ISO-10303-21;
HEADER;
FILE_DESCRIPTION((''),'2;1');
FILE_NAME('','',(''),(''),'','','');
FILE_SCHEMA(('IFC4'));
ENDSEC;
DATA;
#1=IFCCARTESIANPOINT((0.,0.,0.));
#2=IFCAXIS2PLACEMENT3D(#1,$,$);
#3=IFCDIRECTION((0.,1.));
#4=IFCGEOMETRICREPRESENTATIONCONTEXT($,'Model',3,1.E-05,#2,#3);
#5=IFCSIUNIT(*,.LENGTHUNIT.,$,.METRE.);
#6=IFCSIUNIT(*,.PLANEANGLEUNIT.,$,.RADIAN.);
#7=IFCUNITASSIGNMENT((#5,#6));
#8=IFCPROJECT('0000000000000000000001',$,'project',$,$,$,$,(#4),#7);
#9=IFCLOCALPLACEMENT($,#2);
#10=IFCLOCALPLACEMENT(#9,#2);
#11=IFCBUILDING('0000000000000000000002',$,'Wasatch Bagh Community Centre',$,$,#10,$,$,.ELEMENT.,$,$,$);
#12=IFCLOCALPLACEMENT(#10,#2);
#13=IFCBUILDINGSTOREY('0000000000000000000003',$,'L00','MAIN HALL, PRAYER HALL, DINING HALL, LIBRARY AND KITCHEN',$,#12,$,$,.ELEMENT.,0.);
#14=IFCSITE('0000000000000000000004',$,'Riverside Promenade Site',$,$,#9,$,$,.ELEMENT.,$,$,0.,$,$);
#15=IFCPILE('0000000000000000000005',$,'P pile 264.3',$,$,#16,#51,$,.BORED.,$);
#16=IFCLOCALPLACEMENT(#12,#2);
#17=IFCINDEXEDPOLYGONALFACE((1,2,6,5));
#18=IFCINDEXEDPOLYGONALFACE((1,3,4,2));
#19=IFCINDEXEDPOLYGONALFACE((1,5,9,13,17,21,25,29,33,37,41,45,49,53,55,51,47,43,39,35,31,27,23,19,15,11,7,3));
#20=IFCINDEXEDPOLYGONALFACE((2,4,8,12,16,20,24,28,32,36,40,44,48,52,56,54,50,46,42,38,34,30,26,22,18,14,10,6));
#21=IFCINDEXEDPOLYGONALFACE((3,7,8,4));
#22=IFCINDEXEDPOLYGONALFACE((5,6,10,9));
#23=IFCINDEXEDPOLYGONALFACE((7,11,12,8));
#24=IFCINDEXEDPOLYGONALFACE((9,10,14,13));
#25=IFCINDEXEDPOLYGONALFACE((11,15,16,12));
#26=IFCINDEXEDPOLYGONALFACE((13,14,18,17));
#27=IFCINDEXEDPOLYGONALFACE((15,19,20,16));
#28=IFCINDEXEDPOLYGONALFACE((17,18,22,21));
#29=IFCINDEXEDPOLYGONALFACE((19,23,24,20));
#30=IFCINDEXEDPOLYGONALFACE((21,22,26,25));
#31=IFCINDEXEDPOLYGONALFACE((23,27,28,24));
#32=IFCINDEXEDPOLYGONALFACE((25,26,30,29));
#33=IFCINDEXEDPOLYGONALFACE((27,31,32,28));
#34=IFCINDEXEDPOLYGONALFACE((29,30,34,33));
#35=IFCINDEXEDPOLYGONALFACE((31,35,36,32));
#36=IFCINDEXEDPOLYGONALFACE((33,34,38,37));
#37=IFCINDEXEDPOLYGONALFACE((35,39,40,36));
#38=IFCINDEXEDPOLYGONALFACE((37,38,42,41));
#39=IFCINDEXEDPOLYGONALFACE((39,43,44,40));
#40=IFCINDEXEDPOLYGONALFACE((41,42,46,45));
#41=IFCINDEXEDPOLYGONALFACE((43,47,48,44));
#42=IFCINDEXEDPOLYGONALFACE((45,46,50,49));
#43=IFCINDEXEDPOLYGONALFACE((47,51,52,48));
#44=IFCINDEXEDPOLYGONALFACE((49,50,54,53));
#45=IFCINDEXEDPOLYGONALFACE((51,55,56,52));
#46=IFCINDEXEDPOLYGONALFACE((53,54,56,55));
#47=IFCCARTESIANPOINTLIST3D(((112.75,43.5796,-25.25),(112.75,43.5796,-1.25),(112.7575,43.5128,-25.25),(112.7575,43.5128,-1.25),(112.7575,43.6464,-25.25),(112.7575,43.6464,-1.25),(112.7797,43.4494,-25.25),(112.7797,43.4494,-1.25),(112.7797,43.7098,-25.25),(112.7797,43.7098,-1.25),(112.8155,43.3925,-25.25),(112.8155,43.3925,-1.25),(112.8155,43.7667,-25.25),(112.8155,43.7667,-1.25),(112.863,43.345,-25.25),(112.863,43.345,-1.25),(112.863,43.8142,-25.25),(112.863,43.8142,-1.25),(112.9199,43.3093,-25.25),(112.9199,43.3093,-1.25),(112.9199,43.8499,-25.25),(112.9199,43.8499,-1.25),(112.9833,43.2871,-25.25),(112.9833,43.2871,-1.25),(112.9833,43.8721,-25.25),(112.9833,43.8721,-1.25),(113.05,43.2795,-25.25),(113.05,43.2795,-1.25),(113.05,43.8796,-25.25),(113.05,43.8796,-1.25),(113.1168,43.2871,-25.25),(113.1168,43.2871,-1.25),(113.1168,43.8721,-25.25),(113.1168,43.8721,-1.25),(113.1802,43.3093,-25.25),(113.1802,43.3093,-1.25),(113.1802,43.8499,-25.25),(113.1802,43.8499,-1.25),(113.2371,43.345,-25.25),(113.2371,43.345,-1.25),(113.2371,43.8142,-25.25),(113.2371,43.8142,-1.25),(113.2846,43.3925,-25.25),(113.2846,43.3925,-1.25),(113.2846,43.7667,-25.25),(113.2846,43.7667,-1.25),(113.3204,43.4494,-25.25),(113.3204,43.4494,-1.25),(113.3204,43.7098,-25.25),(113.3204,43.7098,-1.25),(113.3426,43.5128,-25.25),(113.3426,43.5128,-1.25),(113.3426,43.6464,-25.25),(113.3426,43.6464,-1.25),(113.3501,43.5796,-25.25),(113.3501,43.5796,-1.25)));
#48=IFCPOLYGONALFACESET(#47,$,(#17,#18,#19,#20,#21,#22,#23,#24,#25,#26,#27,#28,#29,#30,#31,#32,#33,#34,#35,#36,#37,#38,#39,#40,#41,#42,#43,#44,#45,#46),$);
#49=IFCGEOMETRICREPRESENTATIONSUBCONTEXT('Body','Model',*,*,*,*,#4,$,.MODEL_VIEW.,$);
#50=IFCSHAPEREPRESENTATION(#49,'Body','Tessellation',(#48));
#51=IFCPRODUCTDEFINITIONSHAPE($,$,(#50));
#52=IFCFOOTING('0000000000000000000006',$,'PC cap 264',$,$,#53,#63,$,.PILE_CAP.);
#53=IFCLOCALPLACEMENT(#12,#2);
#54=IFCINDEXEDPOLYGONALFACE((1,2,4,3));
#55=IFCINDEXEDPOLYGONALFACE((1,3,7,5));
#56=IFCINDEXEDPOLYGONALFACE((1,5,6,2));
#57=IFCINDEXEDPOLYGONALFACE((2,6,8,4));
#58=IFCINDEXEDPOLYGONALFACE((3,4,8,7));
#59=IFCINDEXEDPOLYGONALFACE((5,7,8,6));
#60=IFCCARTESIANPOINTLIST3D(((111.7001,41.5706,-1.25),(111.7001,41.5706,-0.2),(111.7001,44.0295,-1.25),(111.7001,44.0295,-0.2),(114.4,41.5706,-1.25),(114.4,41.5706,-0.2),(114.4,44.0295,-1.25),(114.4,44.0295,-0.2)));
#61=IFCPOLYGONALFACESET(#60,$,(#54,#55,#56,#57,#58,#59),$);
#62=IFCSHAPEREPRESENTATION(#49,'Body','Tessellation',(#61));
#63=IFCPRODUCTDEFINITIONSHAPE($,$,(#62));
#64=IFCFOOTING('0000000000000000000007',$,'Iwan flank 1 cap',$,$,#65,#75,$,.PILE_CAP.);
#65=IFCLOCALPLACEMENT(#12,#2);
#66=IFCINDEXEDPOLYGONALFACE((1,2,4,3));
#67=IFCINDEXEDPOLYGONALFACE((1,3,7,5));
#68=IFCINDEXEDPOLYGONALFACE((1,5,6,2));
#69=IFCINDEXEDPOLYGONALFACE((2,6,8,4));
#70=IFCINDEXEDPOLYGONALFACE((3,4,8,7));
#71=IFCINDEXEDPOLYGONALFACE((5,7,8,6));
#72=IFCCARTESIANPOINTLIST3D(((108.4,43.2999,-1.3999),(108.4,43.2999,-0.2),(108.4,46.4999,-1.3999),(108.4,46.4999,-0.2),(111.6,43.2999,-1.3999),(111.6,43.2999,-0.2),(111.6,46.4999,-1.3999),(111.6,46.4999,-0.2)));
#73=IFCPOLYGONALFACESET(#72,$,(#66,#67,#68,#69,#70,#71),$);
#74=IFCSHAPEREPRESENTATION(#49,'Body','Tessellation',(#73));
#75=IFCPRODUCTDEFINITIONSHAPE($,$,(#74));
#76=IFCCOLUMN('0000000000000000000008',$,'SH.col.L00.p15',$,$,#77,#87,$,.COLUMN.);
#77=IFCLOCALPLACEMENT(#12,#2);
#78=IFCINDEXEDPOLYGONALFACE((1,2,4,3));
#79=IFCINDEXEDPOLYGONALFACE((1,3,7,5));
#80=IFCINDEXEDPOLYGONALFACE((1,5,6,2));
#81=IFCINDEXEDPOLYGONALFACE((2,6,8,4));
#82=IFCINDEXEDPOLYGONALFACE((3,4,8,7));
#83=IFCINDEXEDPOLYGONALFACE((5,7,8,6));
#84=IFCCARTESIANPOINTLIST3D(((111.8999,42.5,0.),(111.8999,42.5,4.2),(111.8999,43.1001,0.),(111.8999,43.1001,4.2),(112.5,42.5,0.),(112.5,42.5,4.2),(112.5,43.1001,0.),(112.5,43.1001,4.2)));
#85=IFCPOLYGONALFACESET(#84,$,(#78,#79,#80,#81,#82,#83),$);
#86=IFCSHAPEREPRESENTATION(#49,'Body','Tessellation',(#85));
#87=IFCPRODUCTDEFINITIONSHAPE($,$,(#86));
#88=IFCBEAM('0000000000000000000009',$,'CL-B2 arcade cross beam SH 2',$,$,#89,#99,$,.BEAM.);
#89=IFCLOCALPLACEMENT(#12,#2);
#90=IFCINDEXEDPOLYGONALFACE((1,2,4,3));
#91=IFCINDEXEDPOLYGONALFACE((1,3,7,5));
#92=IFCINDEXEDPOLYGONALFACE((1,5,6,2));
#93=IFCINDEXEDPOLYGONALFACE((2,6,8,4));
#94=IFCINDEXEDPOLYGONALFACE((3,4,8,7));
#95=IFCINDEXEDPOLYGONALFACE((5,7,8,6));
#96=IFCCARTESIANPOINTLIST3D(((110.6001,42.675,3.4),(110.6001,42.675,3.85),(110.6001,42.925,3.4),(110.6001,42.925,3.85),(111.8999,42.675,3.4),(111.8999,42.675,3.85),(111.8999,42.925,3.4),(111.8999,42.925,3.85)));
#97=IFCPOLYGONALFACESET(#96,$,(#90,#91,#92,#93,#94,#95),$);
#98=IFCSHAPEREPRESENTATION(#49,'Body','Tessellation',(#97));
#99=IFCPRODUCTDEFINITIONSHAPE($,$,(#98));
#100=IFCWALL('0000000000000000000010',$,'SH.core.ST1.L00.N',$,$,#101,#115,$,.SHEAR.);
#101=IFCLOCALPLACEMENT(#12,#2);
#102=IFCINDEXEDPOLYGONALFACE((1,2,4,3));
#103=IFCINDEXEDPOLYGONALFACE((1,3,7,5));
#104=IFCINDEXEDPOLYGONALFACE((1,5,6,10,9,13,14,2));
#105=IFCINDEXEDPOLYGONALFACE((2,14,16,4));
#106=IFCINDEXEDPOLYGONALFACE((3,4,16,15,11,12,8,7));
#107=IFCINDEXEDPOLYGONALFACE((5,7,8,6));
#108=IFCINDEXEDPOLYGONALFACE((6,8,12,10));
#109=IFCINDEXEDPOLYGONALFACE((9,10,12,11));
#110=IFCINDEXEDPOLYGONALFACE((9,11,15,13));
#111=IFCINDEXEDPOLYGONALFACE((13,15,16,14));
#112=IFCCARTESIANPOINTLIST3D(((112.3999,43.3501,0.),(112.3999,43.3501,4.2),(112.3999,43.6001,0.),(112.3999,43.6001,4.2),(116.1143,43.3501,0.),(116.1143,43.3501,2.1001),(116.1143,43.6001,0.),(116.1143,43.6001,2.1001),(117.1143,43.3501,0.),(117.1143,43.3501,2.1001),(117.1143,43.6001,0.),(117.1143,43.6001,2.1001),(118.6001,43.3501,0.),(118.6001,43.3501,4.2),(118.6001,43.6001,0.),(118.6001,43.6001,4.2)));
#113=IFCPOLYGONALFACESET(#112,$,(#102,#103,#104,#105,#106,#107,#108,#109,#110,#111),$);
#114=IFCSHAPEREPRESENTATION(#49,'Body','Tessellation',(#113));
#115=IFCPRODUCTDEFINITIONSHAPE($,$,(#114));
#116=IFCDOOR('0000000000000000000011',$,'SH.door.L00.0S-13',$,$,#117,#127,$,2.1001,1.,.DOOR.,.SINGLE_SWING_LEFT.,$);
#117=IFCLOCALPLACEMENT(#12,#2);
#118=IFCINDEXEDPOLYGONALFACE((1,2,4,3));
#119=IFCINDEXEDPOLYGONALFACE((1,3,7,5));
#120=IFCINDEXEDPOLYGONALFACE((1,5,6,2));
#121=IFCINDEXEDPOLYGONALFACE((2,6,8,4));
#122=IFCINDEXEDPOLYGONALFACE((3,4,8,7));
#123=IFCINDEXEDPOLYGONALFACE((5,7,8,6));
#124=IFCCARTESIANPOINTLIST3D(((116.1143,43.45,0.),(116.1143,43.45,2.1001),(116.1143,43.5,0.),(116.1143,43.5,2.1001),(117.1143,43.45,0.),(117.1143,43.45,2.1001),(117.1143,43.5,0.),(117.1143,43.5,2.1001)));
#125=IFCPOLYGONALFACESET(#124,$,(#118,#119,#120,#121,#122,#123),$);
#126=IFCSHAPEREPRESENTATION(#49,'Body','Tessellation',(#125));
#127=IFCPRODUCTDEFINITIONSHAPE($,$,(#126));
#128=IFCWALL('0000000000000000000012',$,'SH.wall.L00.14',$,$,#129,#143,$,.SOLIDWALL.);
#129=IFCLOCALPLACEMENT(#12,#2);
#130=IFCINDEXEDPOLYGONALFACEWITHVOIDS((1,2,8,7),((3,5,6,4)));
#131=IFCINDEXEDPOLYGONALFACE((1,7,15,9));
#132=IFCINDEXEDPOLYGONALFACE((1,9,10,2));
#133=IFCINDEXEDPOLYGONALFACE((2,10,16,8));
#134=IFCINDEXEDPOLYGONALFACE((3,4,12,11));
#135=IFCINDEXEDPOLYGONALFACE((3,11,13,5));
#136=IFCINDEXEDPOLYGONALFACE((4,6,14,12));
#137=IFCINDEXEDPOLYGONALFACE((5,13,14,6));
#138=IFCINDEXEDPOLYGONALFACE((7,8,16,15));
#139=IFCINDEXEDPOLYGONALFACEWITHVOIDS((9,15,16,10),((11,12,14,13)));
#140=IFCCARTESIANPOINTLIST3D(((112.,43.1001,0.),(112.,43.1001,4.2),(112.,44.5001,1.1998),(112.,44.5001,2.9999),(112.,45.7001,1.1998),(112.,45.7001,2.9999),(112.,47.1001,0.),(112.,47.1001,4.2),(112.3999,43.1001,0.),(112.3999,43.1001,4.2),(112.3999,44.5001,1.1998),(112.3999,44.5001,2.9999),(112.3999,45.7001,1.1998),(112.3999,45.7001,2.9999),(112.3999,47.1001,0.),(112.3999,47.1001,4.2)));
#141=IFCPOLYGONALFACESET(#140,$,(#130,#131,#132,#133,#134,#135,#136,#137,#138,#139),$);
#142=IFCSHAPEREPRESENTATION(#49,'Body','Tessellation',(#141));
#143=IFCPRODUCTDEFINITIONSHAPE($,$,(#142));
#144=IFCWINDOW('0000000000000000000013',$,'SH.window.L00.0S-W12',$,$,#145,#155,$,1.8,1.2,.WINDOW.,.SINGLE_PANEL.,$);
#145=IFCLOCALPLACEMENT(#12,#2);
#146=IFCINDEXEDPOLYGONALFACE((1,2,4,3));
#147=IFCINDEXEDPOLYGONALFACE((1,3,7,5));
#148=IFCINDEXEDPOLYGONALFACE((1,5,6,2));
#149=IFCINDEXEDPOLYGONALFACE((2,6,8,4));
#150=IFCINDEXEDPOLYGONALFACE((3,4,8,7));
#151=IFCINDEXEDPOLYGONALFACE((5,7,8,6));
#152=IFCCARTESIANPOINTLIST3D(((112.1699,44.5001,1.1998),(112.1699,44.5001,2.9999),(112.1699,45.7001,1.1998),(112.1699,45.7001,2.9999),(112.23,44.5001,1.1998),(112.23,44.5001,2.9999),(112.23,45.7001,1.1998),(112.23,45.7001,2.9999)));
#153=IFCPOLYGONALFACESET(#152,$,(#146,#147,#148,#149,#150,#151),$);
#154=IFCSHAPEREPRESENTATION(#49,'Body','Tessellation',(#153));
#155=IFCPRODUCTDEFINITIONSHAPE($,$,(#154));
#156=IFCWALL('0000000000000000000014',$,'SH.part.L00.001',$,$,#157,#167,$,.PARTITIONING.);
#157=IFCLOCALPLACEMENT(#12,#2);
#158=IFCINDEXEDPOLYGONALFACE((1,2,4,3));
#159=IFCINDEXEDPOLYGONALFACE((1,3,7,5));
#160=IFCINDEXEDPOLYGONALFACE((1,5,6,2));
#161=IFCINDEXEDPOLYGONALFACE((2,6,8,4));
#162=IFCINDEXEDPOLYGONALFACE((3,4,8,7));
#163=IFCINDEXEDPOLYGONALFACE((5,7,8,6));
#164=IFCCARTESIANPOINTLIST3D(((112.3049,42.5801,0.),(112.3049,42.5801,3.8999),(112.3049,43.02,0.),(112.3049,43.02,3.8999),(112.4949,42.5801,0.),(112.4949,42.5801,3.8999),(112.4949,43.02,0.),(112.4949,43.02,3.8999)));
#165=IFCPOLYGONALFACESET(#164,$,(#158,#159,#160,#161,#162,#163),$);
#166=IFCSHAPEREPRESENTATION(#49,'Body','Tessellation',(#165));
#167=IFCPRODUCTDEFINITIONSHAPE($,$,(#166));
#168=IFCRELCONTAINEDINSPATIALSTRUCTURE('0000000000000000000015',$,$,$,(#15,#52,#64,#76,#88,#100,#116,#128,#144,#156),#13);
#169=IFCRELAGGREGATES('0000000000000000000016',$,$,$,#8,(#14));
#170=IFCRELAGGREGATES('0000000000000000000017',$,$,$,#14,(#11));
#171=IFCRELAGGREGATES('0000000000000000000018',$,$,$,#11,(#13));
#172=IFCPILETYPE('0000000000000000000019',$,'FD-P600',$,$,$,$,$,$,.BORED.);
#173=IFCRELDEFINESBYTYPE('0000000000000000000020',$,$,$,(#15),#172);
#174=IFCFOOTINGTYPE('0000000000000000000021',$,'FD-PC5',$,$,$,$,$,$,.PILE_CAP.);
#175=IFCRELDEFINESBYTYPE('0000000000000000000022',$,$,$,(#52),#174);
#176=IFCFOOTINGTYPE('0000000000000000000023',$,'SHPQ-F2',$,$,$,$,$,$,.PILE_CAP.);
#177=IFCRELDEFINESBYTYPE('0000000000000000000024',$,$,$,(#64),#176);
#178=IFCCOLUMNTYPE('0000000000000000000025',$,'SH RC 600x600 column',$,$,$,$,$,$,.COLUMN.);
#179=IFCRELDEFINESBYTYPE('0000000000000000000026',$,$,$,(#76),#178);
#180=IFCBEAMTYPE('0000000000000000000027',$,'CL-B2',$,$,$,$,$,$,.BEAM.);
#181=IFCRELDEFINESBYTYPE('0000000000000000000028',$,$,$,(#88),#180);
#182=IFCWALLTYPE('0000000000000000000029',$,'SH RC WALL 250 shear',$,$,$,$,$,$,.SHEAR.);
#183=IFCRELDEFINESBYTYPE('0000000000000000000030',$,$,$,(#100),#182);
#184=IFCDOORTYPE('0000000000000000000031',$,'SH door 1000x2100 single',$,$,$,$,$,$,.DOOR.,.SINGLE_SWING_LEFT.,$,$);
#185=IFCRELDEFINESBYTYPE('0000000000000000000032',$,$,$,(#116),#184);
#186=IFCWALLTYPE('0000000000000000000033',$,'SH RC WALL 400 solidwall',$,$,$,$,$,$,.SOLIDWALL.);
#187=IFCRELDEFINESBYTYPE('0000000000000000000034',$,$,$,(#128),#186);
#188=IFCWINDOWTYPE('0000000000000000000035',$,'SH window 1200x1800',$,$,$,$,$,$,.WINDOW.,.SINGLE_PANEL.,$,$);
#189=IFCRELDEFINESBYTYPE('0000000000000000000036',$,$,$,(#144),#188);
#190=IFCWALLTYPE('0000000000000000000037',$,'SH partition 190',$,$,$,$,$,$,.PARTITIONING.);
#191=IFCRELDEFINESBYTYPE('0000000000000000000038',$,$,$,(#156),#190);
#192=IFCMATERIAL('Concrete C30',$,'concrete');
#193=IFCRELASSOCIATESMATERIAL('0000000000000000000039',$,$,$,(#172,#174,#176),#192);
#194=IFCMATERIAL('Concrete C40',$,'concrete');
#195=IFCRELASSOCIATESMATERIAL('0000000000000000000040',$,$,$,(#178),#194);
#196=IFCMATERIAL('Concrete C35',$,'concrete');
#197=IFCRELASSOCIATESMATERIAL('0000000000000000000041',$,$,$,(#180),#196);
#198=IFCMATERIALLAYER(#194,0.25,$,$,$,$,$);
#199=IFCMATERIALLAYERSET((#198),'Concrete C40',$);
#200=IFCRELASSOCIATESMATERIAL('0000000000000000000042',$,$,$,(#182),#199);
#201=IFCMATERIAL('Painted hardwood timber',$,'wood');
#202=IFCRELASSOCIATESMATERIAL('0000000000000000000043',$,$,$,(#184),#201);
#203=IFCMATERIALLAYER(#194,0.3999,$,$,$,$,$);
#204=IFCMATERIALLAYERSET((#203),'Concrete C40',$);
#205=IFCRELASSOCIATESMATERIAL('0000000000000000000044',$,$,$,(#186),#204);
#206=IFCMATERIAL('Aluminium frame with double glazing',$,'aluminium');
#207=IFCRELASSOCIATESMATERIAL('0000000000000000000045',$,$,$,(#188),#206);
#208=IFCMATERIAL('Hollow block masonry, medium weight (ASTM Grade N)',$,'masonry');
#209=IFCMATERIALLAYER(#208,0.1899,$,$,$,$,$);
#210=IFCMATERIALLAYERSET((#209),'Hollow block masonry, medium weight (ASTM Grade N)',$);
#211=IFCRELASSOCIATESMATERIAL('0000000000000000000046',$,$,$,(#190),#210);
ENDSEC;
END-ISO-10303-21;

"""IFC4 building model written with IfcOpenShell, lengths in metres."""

from ifc_helpers import new_model, si_unit, direction, frame, frame_2d, origin, origin_2d, place, context, subcontext, project, spatial, rectangle, circle, extrude, material, layer, layer_set, material_profile, profile_set, type_object, element, fill, save


model = new_model("IFC4")

# Units and contexts
model_context = context("Model", 3, precision=1e-05, world=origin(), true_north=direction((0.0, 1.0)))
body_context = subcontext(model_context, "Body", "Model", "MODEL_VIEW")
ifc_project = project(units=[si_unit("LENGTHUNIT", "METRE"), si_unit("PLANEANGLEUNIT", "RADIAN")], contexts=[model_context])

# Site, building, storey
site_placement = place(None, origin())
site = spatial("IfcSite", under=ifc_project, at=site_placement, Name="Riverside Promenade Site", CompositionType="ELEMENT", RefElevation=0.0)
building_placement = place(site_placement, origin())
building = spatial("IfcBuilding", under=site, at=building_placement, Name="Wasatch Bagh Community Centre", CompositionType="ELEMENT")
storey_placement = place(building_placement, origin())
storey = spatial("IfcBuildingStorey", under=building, at=storey_placement, Name="L00", Description="MAIN HALL, PRAYER HALL, DINING HALL, LIBRARY AND KITCHEN", CompositionType="ELEMENT", Elevation=0.0)

# Shared definitions
ifc_material_1 = material(Name="Concrete C35", Category="concrete")

# Pile
ifc_material_2 = material(Name="Concrete C30", Category="concrete")
ifc_material_profile_1 = material_profile(ifc_material_2, circle(Radius=0.3, at=origin_2d()), Name="RC D600")
ifc_profile_set_1 = profile_set([ifc_material_profile_1], Name="Concrete C30")
pile_type = type_object("IfcPileType", Name="FD-P600", PredefinedType="BORED", material=ifc_profile_set_1)
for number, where, z_axis, x_axis, name in (
    (1, (113.05, 43.5796, -1.25), (0.0, 0.0, -1.0), (1.0, 0.0, 0.0), "P pile 264.3"),
):
    element("IfcPile", number, at=place(storey_placement, frame(where, z_axis=z_axis, x_axis=x_axis)), inside=storey, type_object=pile_type, Name=name, PredefinedType="BORED", context=body_context, shape_type="SweptSolid", body=[
        extrude(circle(Radius=0.3, at=origin_2d()), origin(), (0.0, 0.0, 1.0), 24.0),
    ])

# Footings
footing_type_1 = type_object("IfcFootingType", Name="FD-PC5", PredefinedType="PILE_CAP", material=ifc_material_2)
footing_1_placement = place(storey_placement, frame((113.05, 42.8, -1.25), z_axis=(0.0, 0.0, 1.0), x_axis=(1.0, 0.0, 0.0)))
element("IfcFooting", 2, at=footing_1_placement, inside=storey, type_object=footing_type_1, Name="PC cap 264", PredefinedType="PILE_CAP", context=body_context, shape_type="SweptSolid", body=[
    extrude(rectangle(XDim=2.7, YDim=2.459, at=origin_2d()), origin(), (0.0, 0.0, 1.0), 1.05),
])
footing_type_2 = type_object("IfcFootingType", Name="SHPQ-F2", PredefinedType="PILE_CAP", material=ifc_material_2)
footing_2_placement = place(storey_placement, frame((110.0, 44.8999, -1.3999), z_axis=(0.0, 0.0, 1.0), x_axis=(-1.0, 0.0, 0.0)))
element("IfcFooting", 3, at=footing_2_placement, inside=storey, type_object=footing_type_2, Name="Iwan flank 1 cap", PredefinedType="PILE_CAP", context=body_context, shape_type="SweptSolid", body=[
    extrude(rectangle(XDim=3.2, YDim=3.2, at=origin_2d()), origin(), (0.0, 0.0, 1.0), 1.2),
])

# Column
ifc_material_3 = material(Name="Concrete C40", Category="concrete")
ifc_material_profile_2 = material_profile(ifc_material_3, rectangle(XDim=0.6001, YDim=0.6001, at=origin_2d()), Name="RC 600x600")
ifc_profile_set_2 = profile_set([ifc_material_profile_2], Name="Concrete C40")
column_type = type_object("IfcColumnType", Name="SH RC 600x600 column", PredefinedType="COLUMN", material=ifc_profile_set_2)
column_placement = place(storey_placement, frame((112.2, 42.8, 0.0), z_axis=(0.0, 0.0, 1.0), x_axis=(1.0, 0.0, 0.0)))
element("IfcColumn", 4, at=column_placement, inside=storey, type_object=column_type, Name="SH.col.L00.p15", PredefinedType="COLUMN", context=body_context, shape_type="SweptSolid", body=[
    extrude(rectangle(XDim=0.6001, YDim=0.6001, at=origin_2d()), origin(), (0.0, 0.0, 1.0), 4.2),
])

# Beam
ifc_material_profile_3 = material_profile(ifc_material_1, rectangle(XDim=0.25, YDim=0.45, at=origin_2d()), Name="RC 250x450")
ifc_profile_set_3 = profile_set([ifc_material_profile_3], Name="Concrete C35")
beam_type = type_object("IfcBeamType", Name="CL-B2", PredefinedType="BEAM", material=ifc_profile_set_3)
beam_placement = place(storey_placement, frame((111.8999, 42.8, 3.625), z_axis=(-1.0, 0.0, 0.0), x_axis=(0.0, -1.0, 0.0)))
element("IfcBeam", 5, at=beam_placement, inside=storey, type_object=beam_type, Name="CL-B2 arcade cross beam SH 2", PredefinedType="BEAM", context=body_context, shape_type="SweptSolid", body=[
    extrude(rectangle(XDim=0.25, YDim=0.45, at=origin_2d()), origin(), (0.0, 0.0, 1.0), 1.2998),
])

# Wall, opening, door
ifc_layer_1 = layer(ifc_material_3, 0.25)
ifc_layer_set_1 = layer_set([ifc_layer_1], Name="Concrete C40")
wall_type_1 = type_object("IfcWallType", Name="SH RC WALL 250 shear", PredefinedType="SHEAR", material=ifc_layer_set_1)
wall_1_placement = place(storey_placement, frame((112.3999, 43.4751, 0.0), z_axis=(0.0, 0.0, 1.0), x_axis=(1.0, 0.0, 0.0)))
wall_1 = element("IfcWall", 6, at=wall_1_placement, inside=storey, type_object=wall_type_1, Name="SH.core.ST1.L00.N", PredefinedType="SHEAR", context=body_context, shape_type="SweptSolid", body=[
    extrude(rectangle(XDim=6.2002, YDim=0.25, at=frame_2d((3.1001, 0.0))), origin(), (0.0, 0.0, 1.0), 4.2),
])
opening_1_placement = place(wall_1_placement, frame((3.7144, 0.0, 0.0)))
opening_1 = element("IfcOpeningElement", 7, at=opening_1_placement, cuts=wall_1, PredefinedType="OPENING", context=body_context, shape_type="SweptSolid", body=[
    extrude(rectangle(XDim=1.0, YDim=2.1001, at=frame_2d((0.5, 1.05))), frame((0.0, 0.135, 0.0), z_axis=(0.0, -1.0, 0.0), x_axis=(1.0, 0.0, 0.0)), (0.0, 0.0, 1.0), 0.27),
])
ifc_material_4 = material(Name="Painted hardwood timber", Category="wood")
door_type = type_object("IfcDoorType", Name="SH door 1000x2100 single", OperationType="SINGLE_SWING_LEFT", PredefinedType="DOOR", material=ifc_material_4)
door_placement = place(opening_1_placement, origin())
door = element("IfcDoor", 8, at=door_placement, inside=storey, type_object=door_type, Name="SH.door.L00.0S-13", OperationType="SINGLE_SWING_LEFT", OverallHeight=2.1001, OverallWidth=1.0, PredefinedType="DOOR", context=body_context, shape_type="SweptSolid", body=[
    extrude(rectangle(XDim=1.0, YDim=2.1001, at=frame_2d((0.5, 1.05))), frame((0.0, 0.0249, 0.0), z_axis=(0.0, -1.0, 0.0), x_axis=(1.0, 0.0, 0.0)), (0.0, 0.0, 1.0), 0.05),
])
fill(opening_1, door)

# Wall, opening, window
ifc_layer_2 = layer(ifc_material_3, 0.3999)
ifc_layer_set_2 = layer_set([ifc_layer_2], Name="Concrete C40")
wall_type_2 = type_object("IfcWallType", Name="SH RC WALL 400 solidwall", PredefinedType="SOLIDWALL", material=ifc_layer_set_2)
wall_2_placement = place(storey_placement, frame((112.2, 43.1001, 0.0), z_axis=(0.0, 0.0, 1.0), x_axis=(0.0, 1.0, 0.0)))
wall_2 = element("IfcWall", 9, at=wall_2_placement, inside=storey, type_object=wall_type_2, Name="SH.wall.L00.14", PredefinedType="SOLIDWALL", context=body_context, shape_type="SweptSolid", body=[
    extrude(rectangle(XDim=4.0, YDim=0.3999, at=frame_2d((2.0, 0.0))), origin(), (0.0, 0.0, 1.0), 4.2),
])
opening_2_placement = place(wall_2_placement, frame((1.3999, 0.0, 1.2)))
opening_2 = element("IfcOpeningElement", 10, at=opening_2_placement, cuts=wall_2, PredefinedType="OPENING", context=body_context, shape_type="SweptSolid", body=[
    extrude(rectangle(XDim=1.2, YDim=1.8, at=frame_2d((0.6001, 0.8999))), frame((0.0, 0.21, 0.0), z_axis=(0.0, -1.0, 0.0), x_axis=(1.0, 0.0, 0.0)), (0.0, 0.0, 1.0), 0.4199),
])
ifc_material_5 = material(Name="Aluminium frame with double glazing", Category="aluminium")
window_type = type_object("IfcWindowType", Name="SH window 1200x1800", PartitioningType="SINGLE_PANEL", PredefinedType="WINDOW", material=ifc_material_5)
window_placement = place(opening_2_placement, origin())
window = element("IfcWindow", 11, at=window_placement, inside=storey, type_object=window_type, Name="SH.window.L00.0S-W12", OverallHeight=1.8, OverallWidth=1.2, PartitioningType="SINGLE_PANEL", PredefinedType="WINDOW", context=body_context, shape_type="SweptSolid", body=[
    extrude(rectangle(XDim=1.2, YDim=1.8, at=frame_2d((0.6001, 0.8999))), frame((0.0, 0.03, 0.0), z_axis=(0.0, -1.0, 0.0), x_axis=(1.0, 0.0, 0.0)), (0.0, 0.0, 1.0), 0.0601),
])
fill(opening_2, window)

# Wall
ifc_material_6 = material(Name="Hollow block masonry, medium weight (ASTM Grade N)", Category="masonry")
ifc_layer_3 = layer(ifc_material_6, 0.1899)
ifc_layer_set_3 = layer_set([ifc_layer_3], Name="Hollow block masonry, medium weight (ASTM Grade N)")
wall_type_3 = type_object("IfcWallType", Name="SH partition 190", PredefinedType="PARTITIONING", material=ifc_layer_set_3)
wall_3_placement = place(storey_placement, frame((112.3999, 43.02, 0.0), z_axis=(0.0, 0.0, 1.0), x_axis=(0.0, -1.0, 0.0)))
element("IfcWall", 12, at=wall_3_placement, inside=storey, type_object=wall_type_3, Name="SH.part.L00.001", PredefinedType="PARTITIONING", context=body_context, shape_type="SweptSolid", body=[
    extrude(rectangle(XDim=0.4399, YDim=0.1899, at=frame_2d((0.22, 0.0))), origin(), (0.0, 0.0, 1.0), 3.8999),
])

save(model, "model.ifc")
